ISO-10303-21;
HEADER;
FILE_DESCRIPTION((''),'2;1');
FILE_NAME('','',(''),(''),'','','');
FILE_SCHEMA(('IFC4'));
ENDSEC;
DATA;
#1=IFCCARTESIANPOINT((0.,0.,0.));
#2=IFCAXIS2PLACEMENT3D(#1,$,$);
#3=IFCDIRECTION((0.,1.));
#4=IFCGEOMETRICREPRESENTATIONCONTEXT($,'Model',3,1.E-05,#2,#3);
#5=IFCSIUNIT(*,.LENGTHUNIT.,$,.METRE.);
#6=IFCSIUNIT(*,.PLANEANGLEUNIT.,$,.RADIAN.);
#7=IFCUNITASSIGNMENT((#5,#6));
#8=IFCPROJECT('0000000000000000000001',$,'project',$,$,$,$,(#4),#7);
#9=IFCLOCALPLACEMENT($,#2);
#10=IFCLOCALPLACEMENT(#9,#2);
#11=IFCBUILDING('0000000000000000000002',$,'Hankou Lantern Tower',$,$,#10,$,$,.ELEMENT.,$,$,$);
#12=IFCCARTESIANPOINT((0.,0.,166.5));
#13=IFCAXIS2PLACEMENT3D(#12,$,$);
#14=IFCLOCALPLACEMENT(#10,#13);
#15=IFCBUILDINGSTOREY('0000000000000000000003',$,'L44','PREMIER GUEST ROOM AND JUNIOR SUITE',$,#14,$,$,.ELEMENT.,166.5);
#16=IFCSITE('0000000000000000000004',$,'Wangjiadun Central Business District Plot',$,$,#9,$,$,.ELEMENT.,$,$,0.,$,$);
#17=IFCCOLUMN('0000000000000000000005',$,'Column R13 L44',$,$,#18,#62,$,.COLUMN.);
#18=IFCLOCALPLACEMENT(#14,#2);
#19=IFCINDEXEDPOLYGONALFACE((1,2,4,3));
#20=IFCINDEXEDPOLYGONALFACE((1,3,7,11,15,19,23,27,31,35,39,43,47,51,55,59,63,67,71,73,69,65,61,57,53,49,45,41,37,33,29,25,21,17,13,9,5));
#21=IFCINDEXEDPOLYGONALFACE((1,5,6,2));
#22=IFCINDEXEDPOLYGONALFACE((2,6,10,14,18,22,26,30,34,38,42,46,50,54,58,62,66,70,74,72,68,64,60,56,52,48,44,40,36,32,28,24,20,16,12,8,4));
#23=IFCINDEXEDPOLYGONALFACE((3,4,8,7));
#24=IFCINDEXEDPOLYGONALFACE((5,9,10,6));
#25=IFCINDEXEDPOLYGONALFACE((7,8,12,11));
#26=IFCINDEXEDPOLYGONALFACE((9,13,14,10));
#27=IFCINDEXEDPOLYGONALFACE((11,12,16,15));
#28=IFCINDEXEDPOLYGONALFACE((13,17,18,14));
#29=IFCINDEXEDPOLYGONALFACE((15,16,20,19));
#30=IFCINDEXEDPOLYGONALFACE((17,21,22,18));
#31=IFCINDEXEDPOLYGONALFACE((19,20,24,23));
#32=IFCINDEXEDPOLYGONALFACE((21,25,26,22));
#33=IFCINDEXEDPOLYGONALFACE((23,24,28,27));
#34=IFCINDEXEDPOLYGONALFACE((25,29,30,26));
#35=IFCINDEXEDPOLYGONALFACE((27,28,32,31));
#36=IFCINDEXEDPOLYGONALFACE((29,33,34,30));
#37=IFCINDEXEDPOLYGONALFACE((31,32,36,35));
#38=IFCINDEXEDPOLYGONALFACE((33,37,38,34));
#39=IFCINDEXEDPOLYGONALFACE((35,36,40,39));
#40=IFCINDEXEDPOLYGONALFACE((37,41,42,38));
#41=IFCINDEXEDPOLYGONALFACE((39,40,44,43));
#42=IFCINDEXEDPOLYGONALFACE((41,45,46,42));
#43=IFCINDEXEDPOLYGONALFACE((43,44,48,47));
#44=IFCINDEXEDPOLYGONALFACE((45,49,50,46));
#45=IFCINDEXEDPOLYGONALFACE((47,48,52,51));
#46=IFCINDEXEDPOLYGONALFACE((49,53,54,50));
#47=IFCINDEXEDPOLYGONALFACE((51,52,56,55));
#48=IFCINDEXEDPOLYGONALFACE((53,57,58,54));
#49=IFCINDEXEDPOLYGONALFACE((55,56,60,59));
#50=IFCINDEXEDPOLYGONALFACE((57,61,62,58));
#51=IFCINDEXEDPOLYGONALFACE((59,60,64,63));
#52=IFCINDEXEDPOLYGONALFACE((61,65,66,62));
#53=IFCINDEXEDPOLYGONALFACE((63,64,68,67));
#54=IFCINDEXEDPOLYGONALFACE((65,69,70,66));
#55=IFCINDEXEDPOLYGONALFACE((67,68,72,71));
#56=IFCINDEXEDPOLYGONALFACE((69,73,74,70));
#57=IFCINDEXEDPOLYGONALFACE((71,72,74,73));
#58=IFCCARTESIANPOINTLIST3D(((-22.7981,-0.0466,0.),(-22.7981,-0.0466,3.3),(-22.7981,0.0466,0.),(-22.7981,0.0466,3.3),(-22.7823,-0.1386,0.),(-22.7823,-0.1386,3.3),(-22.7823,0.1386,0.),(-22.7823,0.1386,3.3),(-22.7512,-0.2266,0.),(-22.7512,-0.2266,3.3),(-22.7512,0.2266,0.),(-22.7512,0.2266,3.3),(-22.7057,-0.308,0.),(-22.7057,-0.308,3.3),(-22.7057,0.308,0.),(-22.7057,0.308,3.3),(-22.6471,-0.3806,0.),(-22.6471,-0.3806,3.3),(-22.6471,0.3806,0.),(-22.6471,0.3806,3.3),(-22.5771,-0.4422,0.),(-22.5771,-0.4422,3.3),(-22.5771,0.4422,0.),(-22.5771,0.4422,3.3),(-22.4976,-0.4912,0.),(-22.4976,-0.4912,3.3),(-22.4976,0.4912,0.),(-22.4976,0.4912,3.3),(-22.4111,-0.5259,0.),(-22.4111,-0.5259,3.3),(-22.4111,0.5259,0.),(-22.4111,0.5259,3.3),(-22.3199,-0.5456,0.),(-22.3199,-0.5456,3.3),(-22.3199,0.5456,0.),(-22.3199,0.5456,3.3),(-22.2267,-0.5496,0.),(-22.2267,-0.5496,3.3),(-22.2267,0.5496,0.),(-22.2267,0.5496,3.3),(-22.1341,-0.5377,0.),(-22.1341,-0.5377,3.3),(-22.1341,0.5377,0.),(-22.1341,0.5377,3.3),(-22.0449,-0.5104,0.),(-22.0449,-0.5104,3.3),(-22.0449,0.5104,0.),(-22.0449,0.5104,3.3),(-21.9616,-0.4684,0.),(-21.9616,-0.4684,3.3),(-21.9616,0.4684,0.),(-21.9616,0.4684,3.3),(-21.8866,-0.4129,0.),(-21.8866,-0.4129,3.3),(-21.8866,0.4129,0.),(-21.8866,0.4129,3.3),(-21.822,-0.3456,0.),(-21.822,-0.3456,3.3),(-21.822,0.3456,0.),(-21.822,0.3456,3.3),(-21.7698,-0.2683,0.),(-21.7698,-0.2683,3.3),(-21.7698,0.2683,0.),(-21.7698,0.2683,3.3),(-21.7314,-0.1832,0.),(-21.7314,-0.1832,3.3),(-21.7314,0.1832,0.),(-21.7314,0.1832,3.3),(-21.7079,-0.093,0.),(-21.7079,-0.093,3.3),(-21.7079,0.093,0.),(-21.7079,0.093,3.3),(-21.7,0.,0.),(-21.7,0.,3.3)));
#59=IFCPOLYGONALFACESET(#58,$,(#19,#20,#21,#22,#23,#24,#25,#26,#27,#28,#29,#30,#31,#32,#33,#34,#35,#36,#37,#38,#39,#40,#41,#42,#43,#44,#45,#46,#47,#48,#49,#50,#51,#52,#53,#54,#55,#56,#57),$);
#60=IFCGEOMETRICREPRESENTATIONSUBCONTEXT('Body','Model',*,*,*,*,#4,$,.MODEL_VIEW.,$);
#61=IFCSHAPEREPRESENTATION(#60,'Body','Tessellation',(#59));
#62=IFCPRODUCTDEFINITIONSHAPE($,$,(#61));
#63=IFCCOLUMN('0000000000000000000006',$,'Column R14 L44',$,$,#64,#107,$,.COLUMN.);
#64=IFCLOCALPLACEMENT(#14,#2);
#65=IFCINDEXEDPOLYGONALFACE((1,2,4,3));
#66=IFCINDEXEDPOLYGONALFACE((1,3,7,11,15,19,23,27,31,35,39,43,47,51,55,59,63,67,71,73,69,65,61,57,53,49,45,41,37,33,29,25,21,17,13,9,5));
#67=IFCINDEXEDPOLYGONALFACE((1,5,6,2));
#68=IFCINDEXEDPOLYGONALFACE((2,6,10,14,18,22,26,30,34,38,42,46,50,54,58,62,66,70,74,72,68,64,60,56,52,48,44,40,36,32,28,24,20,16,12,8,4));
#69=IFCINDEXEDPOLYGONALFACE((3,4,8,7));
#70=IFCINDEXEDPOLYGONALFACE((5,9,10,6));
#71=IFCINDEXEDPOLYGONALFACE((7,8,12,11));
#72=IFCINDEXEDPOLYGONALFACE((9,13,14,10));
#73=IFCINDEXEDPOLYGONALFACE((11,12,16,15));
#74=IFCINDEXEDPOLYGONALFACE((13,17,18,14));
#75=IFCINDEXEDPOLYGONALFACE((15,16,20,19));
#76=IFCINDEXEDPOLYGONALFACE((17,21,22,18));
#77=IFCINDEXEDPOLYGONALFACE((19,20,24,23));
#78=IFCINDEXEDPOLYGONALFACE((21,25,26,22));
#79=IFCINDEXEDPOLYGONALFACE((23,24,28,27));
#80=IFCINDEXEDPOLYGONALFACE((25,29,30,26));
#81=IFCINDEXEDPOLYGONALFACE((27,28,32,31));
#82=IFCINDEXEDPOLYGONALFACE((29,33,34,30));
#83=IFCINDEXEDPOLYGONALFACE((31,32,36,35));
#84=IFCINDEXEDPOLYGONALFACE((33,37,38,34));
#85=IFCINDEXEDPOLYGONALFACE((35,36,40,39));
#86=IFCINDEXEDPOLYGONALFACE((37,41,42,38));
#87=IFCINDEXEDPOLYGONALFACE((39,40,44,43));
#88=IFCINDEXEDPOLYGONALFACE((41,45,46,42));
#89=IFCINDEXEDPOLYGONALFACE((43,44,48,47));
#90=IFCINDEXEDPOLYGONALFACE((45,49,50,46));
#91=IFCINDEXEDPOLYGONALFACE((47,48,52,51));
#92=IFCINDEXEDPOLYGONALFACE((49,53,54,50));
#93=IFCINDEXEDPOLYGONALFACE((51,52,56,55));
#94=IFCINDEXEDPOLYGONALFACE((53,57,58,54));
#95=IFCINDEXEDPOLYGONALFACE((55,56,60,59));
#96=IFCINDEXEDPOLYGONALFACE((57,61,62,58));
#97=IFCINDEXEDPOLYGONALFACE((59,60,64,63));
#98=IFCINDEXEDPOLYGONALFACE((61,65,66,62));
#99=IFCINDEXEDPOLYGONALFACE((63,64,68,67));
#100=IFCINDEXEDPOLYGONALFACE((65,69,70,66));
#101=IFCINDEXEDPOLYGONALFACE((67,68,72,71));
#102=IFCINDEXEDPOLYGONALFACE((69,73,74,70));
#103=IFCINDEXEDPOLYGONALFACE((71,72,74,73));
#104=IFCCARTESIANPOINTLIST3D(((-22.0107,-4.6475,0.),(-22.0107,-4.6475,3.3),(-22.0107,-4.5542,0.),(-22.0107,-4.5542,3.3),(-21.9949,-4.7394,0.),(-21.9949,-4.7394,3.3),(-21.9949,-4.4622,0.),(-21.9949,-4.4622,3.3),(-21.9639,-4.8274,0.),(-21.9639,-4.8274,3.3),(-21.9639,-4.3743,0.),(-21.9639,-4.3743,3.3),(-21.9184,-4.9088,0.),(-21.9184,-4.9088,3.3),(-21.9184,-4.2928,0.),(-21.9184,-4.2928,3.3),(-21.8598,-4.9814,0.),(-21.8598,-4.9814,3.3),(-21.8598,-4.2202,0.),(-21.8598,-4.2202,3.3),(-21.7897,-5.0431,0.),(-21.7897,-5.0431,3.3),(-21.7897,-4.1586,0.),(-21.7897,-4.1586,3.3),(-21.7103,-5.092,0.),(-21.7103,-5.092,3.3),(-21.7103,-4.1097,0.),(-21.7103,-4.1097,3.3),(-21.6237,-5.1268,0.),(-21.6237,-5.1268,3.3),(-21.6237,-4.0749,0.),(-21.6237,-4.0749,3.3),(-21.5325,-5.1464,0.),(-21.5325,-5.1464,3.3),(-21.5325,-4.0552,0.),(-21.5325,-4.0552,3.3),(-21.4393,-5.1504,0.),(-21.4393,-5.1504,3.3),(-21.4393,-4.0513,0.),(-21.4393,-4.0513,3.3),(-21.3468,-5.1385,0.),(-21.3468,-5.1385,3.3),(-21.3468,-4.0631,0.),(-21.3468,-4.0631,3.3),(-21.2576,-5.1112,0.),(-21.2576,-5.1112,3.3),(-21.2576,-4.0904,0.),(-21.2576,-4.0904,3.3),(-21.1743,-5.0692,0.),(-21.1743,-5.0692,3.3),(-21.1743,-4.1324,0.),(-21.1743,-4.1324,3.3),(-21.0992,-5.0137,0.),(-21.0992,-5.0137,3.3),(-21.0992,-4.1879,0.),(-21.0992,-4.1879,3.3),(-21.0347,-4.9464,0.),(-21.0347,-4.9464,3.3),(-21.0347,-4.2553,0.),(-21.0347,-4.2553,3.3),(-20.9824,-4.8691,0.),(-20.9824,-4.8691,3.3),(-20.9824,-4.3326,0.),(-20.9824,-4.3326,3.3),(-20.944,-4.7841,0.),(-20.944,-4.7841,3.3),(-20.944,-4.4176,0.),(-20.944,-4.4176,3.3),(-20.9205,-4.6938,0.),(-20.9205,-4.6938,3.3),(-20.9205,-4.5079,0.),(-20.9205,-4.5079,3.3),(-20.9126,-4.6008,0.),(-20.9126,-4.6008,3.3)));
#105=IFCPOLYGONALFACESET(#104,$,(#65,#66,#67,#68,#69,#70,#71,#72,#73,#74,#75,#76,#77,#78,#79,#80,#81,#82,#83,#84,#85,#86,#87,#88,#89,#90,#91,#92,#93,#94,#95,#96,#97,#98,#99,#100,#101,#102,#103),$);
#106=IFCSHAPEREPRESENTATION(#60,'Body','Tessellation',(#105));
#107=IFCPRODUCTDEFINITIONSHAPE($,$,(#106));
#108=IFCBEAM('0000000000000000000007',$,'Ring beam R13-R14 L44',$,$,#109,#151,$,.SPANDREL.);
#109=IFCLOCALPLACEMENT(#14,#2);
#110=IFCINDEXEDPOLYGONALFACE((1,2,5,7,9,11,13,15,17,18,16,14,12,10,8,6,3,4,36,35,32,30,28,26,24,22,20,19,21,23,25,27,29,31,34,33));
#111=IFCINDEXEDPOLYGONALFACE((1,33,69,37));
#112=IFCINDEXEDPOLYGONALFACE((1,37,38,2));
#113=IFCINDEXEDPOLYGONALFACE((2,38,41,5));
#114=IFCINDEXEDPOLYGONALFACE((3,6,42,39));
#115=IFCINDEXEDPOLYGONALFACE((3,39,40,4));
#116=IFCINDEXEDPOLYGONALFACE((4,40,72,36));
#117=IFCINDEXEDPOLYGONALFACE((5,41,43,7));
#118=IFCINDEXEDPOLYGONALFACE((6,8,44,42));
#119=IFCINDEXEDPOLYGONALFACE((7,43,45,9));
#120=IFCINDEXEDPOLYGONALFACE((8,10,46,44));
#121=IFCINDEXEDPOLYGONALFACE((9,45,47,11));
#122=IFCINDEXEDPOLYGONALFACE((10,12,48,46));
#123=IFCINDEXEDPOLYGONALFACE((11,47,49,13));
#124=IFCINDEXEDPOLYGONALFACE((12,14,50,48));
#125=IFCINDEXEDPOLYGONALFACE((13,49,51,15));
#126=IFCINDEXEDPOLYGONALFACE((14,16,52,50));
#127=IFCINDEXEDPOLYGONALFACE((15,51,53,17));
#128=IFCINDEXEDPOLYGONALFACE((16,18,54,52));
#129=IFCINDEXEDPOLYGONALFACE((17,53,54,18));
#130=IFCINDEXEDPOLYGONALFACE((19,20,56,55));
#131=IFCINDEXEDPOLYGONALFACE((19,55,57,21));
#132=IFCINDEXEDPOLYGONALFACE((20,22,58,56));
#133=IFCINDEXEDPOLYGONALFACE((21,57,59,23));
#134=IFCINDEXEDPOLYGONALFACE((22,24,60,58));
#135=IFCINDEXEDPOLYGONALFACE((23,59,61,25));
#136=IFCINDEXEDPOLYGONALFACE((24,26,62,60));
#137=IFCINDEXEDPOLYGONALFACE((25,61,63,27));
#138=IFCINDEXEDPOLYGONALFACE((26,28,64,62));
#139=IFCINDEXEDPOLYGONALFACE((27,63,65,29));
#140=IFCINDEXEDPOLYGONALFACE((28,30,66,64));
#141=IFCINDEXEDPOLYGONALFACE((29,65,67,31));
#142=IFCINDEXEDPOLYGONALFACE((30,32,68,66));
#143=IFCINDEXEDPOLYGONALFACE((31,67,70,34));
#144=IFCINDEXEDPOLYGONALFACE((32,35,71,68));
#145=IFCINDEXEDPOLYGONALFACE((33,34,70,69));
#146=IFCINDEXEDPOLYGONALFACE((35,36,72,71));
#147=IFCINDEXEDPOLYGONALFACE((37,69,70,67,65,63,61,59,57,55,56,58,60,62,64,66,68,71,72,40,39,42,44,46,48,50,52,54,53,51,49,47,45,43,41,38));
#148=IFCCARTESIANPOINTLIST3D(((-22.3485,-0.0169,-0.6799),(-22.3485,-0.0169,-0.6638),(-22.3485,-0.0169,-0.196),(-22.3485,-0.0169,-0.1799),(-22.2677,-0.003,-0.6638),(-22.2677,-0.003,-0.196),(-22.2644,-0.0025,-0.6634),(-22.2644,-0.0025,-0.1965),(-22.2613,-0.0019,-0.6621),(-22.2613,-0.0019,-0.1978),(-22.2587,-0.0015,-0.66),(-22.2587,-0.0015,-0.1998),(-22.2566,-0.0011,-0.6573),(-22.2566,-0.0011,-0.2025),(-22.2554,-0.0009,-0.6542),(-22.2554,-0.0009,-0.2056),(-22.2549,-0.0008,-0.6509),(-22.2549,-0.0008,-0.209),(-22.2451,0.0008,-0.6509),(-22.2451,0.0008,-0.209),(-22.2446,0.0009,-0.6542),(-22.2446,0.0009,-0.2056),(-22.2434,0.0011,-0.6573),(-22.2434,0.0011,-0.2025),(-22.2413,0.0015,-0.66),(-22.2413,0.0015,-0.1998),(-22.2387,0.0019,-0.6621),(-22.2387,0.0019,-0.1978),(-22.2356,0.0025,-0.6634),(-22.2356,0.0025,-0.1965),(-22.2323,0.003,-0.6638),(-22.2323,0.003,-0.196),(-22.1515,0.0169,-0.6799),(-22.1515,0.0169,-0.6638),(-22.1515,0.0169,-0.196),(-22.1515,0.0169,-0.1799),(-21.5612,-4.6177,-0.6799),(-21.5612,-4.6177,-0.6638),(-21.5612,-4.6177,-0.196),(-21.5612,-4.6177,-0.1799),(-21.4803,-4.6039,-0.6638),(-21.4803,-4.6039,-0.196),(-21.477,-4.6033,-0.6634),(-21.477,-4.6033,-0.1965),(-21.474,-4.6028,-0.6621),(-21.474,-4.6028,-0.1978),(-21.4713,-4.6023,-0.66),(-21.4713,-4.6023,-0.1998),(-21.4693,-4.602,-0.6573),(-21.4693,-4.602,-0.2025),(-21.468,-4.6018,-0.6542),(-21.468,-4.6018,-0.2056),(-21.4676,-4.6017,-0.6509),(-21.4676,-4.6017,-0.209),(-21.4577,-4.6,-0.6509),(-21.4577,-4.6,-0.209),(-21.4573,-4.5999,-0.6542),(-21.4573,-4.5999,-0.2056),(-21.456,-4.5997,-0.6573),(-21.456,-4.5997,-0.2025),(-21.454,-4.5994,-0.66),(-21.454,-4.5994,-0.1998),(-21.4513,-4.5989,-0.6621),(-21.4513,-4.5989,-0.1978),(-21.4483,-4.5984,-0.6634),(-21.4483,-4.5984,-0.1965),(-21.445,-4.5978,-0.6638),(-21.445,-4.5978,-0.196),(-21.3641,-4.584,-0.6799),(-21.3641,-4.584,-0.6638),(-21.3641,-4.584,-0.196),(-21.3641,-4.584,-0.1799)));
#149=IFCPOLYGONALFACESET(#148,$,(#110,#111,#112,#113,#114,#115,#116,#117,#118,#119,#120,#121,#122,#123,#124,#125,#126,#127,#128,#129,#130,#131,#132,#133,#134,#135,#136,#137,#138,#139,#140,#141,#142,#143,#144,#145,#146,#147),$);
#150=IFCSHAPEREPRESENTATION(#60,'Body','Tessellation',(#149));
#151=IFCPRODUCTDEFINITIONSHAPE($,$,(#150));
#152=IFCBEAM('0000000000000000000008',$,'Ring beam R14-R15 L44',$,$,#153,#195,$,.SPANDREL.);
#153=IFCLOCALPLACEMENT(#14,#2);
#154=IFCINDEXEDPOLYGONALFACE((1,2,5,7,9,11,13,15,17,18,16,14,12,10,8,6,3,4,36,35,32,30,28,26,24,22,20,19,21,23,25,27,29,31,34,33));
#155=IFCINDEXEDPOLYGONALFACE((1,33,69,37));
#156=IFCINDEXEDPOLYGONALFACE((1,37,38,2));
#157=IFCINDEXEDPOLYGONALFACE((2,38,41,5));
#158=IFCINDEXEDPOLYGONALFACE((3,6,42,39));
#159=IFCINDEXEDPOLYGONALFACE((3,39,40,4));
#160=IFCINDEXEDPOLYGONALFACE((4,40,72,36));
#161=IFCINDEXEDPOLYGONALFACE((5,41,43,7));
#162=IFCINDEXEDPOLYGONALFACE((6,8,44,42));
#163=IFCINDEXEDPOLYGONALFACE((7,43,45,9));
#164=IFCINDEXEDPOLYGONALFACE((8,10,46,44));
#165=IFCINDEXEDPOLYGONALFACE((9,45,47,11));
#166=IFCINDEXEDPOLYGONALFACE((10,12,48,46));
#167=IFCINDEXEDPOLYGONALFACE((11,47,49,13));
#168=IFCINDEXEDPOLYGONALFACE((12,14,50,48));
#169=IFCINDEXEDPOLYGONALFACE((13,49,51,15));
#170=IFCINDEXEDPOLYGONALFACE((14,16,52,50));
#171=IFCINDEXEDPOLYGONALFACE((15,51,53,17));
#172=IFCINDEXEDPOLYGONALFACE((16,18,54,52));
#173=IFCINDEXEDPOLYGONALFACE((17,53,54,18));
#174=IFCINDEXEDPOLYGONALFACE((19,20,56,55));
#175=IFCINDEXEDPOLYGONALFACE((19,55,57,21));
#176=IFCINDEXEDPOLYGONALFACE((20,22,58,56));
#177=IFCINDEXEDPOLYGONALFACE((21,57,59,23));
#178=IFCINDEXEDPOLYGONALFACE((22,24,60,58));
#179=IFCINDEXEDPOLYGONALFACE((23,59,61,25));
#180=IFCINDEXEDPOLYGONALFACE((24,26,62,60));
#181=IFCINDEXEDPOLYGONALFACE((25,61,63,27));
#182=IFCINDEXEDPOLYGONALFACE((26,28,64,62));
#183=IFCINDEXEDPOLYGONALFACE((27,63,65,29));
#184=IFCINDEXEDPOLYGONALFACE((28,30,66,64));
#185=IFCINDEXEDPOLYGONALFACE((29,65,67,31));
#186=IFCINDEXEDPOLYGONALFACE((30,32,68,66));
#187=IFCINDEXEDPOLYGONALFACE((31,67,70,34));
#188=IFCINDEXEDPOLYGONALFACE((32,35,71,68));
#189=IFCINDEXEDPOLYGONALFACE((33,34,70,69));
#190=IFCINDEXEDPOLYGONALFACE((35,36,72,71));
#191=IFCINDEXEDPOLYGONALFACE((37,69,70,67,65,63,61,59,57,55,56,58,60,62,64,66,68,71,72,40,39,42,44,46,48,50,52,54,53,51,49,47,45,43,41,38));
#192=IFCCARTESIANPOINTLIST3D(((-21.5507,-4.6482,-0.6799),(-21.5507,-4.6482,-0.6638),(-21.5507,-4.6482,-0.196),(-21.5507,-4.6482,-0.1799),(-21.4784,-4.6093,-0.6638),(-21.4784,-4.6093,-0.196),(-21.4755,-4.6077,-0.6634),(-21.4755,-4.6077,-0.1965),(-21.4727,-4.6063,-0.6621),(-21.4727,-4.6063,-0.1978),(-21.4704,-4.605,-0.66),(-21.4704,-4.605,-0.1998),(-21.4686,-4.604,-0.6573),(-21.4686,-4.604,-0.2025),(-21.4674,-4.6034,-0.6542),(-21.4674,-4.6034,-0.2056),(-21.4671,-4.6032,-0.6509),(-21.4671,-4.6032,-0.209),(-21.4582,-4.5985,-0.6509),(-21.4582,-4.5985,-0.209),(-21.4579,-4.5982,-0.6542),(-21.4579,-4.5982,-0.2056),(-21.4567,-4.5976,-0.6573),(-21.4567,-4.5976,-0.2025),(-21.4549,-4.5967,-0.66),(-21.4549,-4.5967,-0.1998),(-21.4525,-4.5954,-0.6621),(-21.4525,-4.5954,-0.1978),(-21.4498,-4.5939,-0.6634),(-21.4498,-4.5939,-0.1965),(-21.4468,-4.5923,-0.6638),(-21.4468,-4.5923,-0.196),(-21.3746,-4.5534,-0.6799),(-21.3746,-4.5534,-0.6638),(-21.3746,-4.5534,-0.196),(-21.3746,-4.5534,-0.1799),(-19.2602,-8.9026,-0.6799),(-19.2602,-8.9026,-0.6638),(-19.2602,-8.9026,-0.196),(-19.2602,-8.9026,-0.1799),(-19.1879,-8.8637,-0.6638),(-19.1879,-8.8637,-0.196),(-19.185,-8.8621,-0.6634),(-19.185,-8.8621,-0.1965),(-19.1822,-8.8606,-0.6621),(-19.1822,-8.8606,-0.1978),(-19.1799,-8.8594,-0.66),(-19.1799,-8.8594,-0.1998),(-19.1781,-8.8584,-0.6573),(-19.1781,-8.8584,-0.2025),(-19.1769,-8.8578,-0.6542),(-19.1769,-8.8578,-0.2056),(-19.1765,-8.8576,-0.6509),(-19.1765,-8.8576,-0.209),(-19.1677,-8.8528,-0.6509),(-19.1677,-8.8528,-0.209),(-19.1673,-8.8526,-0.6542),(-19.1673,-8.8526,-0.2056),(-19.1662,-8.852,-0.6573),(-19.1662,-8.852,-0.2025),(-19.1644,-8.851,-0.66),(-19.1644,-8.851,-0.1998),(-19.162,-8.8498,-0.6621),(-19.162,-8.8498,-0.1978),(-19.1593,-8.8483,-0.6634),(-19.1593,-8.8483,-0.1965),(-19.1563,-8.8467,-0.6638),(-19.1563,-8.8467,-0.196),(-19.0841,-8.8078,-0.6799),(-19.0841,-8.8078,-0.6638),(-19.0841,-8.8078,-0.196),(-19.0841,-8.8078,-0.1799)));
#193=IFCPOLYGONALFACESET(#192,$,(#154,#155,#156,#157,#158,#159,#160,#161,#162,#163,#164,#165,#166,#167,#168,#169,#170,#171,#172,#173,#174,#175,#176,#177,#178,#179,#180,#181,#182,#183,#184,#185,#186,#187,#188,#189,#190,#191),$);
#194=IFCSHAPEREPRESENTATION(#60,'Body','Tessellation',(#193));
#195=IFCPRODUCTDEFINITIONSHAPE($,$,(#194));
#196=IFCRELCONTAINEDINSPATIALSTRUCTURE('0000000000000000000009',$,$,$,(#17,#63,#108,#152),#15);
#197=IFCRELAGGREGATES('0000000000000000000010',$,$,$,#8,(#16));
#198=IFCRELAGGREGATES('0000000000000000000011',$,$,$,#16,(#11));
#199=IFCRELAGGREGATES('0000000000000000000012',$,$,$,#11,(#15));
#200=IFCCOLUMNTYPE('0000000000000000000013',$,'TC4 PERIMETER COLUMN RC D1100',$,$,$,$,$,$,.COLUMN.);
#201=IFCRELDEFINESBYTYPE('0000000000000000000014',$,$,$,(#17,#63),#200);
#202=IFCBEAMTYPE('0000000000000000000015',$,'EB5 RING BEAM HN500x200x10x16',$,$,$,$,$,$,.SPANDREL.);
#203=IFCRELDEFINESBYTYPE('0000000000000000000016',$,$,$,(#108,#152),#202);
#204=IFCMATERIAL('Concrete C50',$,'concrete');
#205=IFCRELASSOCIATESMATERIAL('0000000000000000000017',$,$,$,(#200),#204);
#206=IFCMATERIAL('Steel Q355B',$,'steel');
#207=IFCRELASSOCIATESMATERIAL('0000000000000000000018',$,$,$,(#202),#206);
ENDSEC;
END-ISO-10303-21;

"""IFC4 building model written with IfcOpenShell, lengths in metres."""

from ifc_helpers import new_model, si_unit, direction, frame, origin, origin_2d, place, context, subcontext, project, spatial, circle, i_section, extrude, material, material_profile, profile_set, type_object, element, save


model = new_model("IFC4")

# Units and contexts
model_context = context("Model", 3, precision=1e-05, world=origin(), true_north=direction((0.0, 1.0)))
body_context = subcontext(model_context, "Body", "Model", "MODEL_VIEW")
ifc_project = project(units=[si_unit("LENGTHUNIT", "METRE"), si_unit("PLANEANGLEUNIT", "RADIAN")], contexts=[model_context])

# Site, building, storey
site_placement = place(None, origin())
site = spatial("IfcSite", under=ifc_project, at=site_placement, Name="Wangjiadun Central Business District Plot", CompositionType="ELEMENT", RefElevation=0.0)
building_placement = place(site_placement, origin())
building = spatial("IfcBuilding", under=site, at=building_placement, Name="Hankou Lantern Tower", CompositionType="ELEMENT")
storey_placement = place(building_placement, frame((0.0, 0.0, 166.5)))
storey = spatial("IfcBuildingStorey", under=building, at=storey_placement, Name="L44", Description="PREMIER GUEST ROOM AND JUNIOR SUITE", CompositionType="ELEMENT", Elevation=166.5)

# Columns
ifc_material_1 = material(Name="Concrete C50", Category="concrete")
ifc_material_profile_1 = material_profile(ifc_material_1, circle(Radius=0.55, at=origin_2d()), Name="RC D1100")
ifc_profile_set_1 = profile_set([ifc_material_profile_1], Name="Concrete C50")
column_type = type_object("IfcColumnType", Name="TC4 PERIMETER COLUMN RC D1100", PredefinedType="COLUMN", material=ifc_profile_set_1)
for number, where, z_axis, x_axis, name in (
    (1, (-22.25, 0.0, 0.0), (0.0, 0.0, 1.0), (1.0, 0.0, 0.0), "Column R13 L44"),
    (2, (-21.4626, -4.6008, 0.0), (0.0, 0.0, 1.0), (1.0, 0.0, 0.0), "Column R14 L44"),
):
    element("IfcColumn", number, at=place(storey_placement, frame(where, z_axis=z_axis, x_axis=x_axis)), inside=storey, type_object=column_type, Name=name, PredefinedType="COLUMN", context=body_context, shape_type="SweptSolid", body=[
        extrude(circle(Radius=0.55, at=origin_2d()), origin(), (0.0, 0.0, 1.0), 3.3),
    ])

# Beams
ifc_material_2 = material(Name="Steel Q355B", Category="steel")
ifc_material_profile_2 = material_profile(ifc_material_2, i_section(OverallWidth=0.2, OverallDepth=0.5, WebThickness=0.01, FlangeThickness=0.0161, FilletRadius=0.0129, at=origin_2d()), Name="HN500x200x10x16")
ifc_profile_set_2 = profile_set([ifc_material_profile_2], Name="Steel Q355B")
beam_type_1 = type_object("IfcBeamType", Name="EB5 RING BEAM HN500x200x10x16", PredefinedType="SPANDREL", material=ifc_profile_set_2)
beam_1_placement = place(storey_placement, frame((-22.25, 0.0, -0.4299), z_axis=(0.168681, -0.985671, 0.0), x_axis=(0.985671, 0.168681, 0.0)))
element("IfcBeam", 3, at=beam_1_placement, inside=storey, type_object=beam_type_1, Name="Ring beam R13-R14 L44", PredefinedType="SPANDREL", context=body_context, shape_type="SweptSolid", body=[
    extrude(i_section(OverallWidth=0.2, OverallDepth=0.5, WebThickness=0.01, FlangeThickness=0.0161, FilletRadius=0.0129, at=origin_2d()), origin(), (0.0, 0.0, 1.0), 4.6677),
])
beam_2_placement = place(storey_placement, frame((-21.4626, -4.6008, -0.4299), z_axis=(0.474052, -0.880497, 0.0), x_axis=(0.880497, 0.474052, 0.0)))
element("IfcBeam", 4, at=beam_2_placement, inside=storey, type_object=beam_type_1, Name="Ring beam R14-R15 L44", PredefinedType="SPANDREL", context=body_context, shape_type="SweptSolid", body=[
    extrude(i_section(OverallWidth=0.2, OverallDepth=0.5, WebThickness=0.01, FlangeThickness=0.0161, FilletRadius=0.0129, at=origin_2d()), origin(), (0.0, 0.0, 1.0), 4.8318),
])

save(model, "model.ifc")
